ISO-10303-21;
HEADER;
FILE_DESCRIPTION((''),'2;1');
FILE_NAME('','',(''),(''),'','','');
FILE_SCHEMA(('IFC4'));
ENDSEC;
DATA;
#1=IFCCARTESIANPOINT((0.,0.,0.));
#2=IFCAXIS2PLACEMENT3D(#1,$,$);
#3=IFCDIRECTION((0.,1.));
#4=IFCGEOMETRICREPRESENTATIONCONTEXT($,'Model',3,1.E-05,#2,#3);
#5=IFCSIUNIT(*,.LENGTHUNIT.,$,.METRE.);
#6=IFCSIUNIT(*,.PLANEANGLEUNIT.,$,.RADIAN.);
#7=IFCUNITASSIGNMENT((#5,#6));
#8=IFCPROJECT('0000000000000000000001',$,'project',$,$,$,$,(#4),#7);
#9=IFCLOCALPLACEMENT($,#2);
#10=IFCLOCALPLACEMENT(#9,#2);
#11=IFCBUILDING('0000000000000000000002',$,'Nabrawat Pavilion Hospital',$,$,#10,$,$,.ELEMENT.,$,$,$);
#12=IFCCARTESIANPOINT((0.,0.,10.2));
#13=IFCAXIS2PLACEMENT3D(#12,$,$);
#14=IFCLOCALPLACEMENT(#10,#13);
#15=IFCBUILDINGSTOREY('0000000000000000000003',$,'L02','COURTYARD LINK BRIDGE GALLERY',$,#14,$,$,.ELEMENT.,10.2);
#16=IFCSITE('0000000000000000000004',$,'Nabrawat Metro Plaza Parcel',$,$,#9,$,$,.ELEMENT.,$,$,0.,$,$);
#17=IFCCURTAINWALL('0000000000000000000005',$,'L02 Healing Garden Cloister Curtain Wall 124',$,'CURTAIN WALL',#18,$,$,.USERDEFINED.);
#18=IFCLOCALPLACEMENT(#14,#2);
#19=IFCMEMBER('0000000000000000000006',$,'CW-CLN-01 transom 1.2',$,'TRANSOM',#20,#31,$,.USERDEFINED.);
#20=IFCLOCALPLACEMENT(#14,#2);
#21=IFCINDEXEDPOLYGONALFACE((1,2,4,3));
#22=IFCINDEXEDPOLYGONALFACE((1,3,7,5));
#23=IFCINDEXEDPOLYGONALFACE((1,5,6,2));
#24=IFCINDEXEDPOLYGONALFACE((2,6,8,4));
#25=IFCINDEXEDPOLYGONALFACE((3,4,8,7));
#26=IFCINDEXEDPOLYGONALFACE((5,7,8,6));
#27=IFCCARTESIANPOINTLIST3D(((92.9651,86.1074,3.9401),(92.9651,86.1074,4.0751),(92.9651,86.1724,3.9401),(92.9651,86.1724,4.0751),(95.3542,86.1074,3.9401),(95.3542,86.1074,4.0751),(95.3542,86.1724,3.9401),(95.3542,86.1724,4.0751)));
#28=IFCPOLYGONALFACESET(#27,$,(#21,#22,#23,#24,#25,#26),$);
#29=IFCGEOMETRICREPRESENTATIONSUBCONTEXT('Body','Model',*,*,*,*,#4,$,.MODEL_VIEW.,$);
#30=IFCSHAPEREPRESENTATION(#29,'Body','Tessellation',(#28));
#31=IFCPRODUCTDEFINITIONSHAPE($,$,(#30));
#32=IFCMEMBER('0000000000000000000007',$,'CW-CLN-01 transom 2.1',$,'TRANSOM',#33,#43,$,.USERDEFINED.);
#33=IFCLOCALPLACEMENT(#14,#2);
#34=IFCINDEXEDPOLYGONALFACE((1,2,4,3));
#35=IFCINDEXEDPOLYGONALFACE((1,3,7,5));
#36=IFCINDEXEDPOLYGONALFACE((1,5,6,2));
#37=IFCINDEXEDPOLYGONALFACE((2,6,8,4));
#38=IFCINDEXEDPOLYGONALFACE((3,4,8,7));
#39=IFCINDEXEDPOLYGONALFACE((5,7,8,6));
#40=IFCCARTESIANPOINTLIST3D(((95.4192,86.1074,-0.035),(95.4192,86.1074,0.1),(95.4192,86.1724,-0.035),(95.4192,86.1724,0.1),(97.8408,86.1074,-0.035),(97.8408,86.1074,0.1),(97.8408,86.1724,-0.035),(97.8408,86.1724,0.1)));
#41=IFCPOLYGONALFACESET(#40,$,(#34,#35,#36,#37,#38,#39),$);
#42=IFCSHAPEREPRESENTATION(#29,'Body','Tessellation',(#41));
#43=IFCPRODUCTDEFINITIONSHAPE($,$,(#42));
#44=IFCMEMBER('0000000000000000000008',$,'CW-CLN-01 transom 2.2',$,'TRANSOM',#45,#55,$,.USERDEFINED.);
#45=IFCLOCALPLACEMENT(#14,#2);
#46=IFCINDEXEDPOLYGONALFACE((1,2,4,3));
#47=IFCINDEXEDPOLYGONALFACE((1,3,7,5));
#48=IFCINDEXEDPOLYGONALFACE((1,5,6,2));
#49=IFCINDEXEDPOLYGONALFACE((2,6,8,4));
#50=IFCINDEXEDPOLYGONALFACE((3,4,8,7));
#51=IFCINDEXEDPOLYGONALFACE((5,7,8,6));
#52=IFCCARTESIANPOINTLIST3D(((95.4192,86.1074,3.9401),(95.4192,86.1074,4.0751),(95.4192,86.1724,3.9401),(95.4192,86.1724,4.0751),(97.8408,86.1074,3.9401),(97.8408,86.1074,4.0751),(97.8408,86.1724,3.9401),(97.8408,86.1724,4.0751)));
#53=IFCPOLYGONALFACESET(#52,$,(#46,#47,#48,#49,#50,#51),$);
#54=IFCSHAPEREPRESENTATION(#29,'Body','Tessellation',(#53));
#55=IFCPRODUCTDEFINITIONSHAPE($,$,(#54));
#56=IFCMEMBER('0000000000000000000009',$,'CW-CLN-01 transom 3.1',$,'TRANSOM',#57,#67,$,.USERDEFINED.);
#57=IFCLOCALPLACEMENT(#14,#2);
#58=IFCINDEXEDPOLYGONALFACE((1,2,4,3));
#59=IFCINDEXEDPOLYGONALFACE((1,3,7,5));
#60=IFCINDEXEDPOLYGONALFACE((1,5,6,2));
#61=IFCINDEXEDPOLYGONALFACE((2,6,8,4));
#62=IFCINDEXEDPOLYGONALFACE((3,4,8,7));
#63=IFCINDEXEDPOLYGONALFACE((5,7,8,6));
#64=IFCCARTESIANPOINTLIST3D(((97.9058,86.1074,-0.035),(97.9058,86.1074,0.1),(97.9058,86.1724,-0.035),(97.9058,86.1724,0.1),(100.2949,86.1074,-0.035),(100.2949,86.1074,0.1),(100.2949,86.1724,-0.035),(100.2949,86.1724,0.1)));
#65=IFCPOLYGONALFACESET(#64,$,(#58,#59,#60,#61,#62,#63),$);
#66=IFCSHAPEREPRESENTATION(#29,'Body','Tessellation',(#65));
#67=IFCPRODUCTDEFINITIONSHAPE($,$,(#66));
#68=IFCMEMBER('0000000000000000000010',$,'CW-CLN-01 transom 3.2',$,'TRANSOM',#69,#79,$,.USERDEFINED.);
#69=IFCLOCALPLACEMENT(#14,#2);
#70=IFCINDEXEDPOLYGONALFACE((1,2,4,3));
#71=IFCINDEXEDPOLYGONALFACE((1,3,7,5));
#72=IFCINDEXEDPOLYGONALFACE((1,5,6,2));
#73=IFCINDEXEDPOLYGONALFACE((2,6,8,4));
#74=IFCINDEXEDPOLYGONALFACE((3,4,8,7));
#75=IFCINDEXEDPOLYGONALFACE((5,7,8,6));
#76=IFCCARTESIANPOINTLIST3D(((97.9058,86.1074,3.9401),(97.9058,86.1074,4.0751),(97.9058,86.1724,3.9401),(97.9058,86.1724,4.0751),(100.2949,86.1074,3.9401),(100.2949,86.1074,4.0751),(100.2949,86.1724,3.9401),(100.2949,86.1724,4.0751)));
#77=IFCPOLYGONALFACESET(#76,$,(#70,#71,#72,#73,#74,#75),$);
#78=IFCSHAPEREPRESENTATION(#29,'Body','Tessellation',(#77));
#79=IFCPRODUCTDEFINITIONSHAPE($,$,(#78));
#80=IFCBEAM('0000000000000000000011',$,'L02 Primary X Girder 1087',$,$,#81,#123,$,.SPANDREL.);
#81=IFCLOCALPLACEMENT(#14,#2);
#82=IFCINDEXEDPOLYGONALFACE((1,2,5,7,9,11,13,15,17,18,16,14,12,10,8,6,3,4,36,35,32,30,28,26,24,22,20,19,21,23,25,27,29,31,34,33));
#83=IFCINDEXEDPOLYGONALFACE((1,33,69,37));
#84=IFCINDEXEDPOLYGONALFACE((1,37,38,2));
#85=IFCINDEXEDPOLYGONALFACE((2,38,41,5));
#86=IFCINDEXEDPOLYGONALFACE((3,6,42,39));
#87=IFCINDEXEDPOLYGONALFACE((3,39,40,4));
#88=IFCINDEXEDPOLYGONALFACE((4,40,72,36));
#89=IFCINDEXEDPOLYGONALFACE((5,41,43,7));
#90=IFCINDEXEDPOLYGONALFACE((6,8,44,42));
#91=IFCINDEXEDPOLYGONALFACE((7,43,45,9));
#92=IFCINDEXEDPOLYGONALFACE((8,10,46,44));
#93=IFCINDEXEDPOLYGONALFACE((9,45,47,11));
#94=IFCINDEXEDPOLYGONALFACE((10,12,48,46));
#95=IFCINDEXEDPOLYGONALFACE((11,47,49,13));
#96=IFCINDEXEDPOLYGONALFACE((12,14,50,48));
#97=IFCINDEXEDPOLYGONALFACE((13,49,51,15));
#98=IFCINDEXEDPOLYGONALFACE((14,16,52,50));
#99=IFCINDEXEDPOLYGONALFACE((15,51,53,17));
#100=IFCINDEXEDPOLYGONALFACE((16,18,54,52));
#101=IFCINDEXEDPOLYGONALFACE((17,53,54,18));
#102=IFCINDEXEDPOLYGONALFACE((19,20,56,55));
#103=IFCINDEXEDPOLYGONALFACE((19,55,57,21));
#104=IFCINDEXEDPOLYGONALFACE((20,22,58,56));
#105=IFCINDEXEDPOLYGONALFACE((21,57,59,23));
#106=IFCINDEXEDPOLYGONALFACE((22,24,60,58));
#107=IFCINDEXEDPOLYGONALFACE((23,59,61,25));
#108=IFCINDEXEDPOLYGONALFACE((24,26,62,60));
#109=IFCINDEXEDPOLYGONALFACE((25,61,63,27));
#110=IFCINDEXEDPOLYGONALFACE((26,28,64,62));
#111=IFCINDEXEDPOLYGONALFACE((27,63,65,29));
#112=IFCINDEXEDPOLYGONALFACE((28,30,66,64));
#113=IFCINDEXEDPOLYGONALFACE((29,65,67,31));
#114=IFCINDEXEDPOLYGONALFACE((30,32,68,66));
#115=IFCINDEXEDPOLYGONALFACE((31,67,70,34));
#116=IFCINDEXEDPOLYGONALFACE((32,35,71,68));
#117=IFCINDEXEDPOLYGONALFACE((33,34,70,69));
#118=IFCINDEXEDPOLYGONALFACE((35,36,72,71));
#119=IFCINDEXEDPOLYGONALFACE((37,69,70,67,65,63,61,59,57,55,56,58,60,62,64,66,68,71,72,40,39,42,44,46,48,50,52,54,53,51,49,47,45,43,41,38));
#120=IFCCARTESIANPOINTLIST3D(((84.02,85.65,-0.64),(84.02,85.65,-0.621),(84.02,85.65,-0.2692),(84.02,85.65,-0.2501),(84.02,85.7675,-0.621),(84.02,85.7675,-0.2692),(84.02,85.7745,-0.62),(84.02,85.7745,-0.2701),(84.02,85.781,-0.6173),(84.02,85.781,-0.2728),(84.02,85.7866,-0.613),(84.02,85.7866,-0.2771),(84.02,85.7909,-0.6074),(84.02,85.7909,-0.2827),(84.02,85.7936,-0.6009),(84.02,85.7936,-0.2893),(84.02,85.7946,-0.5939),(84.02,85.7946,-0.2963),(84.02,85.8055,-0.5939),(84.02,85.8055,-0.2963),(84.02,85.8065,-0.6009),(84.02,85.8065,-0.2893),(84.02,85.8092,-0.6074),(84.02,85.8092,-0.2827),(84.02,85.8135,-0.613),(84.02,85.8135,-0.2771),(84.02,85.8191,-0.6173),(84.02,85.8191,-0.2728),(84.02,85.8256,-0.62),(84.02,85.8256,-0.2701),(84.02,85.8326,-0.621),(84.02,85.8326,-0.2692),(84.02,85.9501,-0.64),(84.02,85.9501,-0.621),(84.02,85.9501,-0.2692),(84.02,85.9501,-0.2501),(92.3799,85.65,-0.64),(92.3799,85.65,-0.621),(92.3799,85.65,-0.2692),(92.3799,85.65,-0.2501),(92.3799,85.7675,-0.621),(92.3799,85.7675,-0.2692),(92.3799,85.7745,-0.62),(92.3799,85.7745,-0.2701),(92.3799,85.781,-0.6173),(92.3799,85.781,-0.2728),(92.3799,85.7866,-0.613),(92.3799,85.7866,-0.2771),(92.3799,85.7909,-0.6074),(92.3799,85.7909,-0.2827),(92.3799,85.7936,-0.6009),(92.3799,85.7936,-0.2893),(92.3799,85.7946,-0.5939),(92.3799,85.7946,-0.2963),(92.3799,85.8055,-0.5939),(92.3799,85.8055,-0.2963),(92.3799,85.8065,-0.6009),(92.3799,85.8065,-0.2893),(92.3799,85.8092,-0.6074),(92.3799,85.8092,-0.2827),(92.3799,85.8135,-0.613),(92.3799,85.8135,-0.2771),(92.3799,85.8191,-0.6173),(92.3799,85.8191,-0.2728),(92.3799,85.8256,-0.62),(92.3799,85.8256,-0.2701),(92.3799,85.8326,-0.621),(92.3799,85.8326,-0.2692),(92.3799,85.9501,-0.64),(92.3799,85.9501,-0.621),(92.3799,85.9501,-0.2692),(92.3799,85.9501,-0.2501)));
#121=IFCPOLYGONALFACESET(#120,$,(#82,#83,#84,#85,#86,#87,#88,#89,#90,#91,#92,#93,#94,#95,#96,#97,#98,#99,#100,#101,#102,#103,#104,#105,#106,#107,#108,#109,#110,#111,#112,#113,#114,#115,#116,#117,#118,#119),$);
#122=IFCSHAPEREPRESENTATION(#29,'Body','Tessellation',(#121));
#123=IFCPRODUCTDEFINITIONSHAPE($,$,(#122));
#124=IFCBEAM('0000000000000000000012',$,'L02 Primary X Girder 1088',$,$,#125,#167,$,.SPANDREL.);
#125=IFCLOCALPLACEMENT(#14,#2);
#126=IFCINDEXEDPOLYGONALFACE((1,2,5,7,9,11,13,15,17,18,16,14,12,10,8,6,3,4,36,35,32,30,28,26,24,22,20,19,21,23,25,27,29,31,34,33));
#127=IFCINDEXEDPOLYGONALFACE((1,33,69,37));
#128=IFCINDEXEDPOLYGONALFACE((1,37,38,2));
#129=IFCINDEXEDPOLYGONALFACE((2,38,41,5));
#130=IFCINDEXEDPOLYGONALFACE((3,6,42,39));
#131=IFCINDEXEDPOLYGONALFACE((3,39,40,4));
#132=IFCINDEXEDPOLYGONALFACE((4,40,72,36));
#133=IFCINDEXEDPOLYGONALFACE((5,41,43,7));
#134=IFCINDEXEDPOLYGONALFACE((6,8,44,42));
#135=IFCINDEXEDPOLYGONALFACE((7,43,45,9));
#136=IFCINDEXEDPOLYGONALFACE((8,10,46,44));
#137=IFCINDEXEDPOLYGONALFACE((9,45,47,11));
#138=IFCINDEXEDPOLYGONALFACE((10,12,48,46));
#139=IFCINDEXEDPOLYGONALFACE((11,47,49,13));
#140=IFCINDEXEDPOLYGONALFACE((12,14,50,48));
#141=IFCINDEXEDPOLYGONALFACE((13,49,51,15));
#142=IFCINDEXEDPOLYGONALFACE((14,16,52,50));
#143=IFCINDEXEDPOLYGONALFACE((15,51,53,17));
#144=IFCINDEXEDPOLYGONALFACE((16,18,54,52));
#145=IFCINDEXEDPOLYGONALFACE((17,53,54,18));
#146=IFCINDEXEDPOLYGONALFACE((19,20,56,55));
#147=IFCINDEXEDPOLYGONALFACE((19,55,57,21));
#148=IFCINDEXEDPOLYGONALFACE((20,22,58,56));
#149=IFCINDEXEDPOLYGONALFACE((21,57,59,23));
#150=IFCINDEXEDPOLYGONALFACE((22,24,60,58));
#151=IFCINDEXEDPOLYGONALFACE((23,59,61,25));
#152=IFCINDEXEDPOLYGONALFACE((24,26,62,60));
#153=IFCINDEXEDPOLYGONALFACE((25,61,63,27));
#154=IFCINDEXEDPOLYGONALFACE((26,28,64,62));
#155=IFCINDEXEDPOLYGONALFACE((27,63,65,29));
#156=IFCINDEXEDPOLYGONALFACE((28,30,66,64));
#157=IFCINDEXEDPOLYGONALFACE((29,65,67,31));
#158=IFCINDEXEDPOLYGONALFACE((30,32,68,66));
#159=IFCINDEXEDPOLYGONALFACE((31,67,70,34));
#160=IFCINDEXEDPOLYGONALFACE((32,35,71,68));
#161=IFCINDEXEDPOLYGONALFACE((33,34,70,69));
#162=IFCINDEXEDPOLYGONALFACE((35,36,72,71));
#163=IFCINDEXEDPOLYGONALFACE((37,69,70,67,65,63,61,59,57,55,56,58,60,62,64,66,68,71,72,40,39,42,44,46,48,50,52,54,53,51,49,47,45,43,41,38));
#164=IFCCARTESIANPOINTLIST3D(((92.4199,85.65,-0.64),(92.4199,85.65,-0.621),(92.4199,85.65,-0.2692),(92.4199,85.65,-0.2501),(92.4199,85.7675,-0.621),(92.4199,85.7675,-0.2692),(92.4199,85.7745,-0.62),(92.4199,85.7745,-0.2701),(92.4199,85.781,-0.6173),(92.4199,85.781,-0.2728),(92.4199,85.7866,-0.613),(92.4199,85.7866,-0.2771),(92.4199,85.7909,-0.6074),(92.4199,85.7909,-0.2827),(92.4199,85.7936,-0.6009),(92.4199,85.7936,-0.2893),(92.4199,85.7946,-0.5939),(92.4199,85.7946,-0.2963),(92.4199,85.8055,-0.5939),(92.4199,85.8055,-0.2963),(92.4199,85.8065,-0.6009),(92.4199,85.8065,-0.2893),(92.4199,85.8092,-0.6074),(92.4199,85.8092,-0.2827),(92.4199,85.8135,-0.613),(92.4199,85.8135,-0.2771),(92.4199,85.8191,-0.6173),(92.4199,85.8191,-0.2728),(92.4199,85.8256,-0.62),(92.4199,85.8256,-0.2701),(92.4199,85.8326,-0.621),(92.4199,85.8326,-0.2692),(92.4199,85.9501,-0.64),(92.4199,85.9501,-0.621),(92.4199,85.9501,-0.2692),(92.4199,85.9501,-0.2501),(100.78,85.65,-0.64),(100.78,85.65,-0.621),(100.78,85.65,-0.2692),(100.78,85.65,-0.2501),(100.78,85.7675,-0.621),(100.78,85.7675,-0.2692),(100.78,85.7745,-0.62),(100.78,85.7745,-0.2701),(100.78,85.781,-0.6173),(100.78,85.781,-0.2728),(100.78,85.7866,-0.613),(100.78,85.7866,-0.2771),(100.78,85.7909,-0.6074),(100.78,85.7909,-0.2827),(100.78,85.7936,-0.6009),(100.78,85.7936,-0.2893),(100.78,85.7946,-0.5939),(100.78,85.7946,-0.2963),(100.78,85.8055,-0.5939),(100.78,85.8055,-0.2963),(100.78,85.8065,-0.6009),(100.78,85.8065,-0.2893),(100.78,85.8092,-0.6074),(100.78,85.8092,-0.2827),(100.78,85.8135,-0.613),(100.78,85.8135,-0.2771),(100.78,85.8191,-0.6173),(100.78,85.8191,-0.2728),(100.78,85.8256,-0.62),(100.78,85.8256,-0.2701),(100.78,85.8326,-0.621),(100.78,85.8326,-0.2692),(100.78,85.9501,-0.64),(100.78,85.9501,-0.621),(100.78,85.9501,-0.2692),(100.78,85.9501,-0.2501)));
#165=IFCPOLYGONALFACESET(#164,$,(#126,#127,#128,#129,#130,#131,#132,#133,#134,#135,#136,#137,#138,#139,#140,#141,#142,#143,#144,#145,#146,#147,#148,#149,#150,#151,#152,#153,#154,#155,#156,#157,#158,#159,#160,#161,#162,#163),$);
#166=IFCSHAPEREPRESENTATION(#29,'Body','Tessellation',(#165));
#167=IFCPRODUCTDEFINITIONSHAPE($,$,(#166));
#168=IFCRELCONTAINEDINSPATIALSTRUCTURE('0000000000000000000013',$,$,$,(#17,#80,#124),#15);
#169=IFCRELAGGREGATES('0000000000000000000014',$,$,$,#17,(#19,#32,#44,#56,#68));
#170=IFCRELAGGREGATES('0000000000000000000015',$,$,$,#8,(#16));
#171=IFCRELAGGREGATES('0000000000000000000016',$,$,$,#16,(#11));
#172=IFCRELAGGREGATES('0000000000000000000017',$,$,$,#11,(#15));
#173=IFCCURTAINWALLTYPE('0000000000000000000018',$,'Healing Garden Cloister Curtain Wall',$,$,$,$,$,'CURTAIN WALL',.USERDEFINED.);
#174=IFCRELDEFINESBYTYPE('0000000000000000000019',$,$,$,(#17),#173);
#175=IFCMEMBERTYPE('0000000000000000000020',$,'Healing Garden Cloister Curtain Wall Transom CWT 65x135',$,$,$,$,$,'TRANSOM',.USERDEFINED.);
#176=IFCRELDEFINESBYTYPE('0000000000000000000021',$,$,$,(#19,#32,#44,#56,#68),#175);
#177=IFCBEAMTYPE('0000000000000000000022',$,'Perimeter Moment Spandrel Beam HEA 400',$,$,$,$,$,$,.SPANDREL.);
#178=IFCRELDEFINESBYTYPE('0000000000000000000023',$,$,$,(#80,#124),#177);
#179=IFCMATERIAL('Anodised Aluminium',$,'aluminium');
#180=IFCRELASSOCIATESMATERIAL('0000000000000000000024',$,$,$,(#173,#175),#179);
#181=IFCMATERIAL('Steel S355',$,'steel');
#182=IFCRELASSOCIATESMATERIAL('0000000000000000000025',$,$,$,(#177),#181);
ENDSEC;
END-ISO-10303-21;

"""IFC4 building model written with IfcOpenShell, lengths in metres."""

from ifc_helpers import new_model, si_unit, direction, frame, origin, origin_2d, place, context, subcontext, project, spatial, rectangle, i_section, extrude, material, material_profile, profile_set, type_object, element, aggregate, save


model = new_model("IFC4")

# Units and contexts
model_context = context("Model", 3, precision=1e-05, world=origin(), true_north=direction((0.0, 1.0)))
body_context = subcontext(model_context, "Body", "Model", "MODEL_VIEW")
ifc_project = project(units=[si_unit("LENGTHUNIT", "METRE"), si_unit("PLANEANGLEUNIT", "RADIAN")], contexts=[model_context])

# Site, building, storey
site_placement = place(None, origin())
site = spatial("IfcSite", under=ifc_project, at=site_placement, Name="Nabrawat Metro Plaza Parcel", CompositionType="ELEMENT", RefElevation=0.0)
building_placement = place(site_placement, origin())
building = spatial("IfcBuilding", under=site, at=building_placement, Name="Nabrawat Pavilion Hospital", CompositionType="ELEMENT")
storey_placement = place(building_placement, frame((0.0, 0.0, 10.2)))
storey = spatial("IfcBuildingStorey", under=building, at=storey_placement, Name="L02", Description="COURTYARD LINK BRIDGE GALLERY", CompositionType="ELEMENT", Elevation=10.2)

# Curtain wall
ifc_material_1 = material(Name="Anodised Aluminium", Category="aluminium")
curtain_wall_type = type_object("IfcCurtainWallType", Name="Healing Garden Cloister Curtain Wall", ElementType="CURTAIN WALL", PredefinedType="USERDEFINED", material=ifc_material_1)
curtain_wall_1_placement = place(storey_placement, origin())
curtain_wall_1 = element("IfcCurtainWall", 1, at=curtain_wall_1_placement, inside=storey, type_object=curtain_wall_type, Name="L02 Healing Garden Cloister Curtain Wall 124", ObjectType="CURTAIN WALL", PredefinedType="USERDEFINED")

# Members
ifc_material_profile_1 = material_profile(ifc_material_1, rectangle(XDim=0.0649, YDim=0.135, at=origin_2d()), Name="CWT 65x135")
ifc_profile_set_1 = profile_set([ifc_material_profile_1], Name="Anodised Aluminium")
member_type_1 = type_object("IfcMemberType", Name="Healing Garden Cloister Curtain Wall Transom CWT 65x135", ElementType="TRANSOM", PredefinedType="USERDEFINED", material=ifc_profile_set_1)
member_1_placement = place(storey_placement, frame((92.9651, 86.1399, 4.0076), z_axis=(1.0, 0.0, 0.0), x_axis=(0.0, 1.0, 0.0)))
member_1 = element("IfcMember", 2, at=member_1_placement, type_object=member_type_1, Name="CW-CLN-01 transom 1.2", ObjectType="TRANSOM", PredefinedType="USERDEFINED", context=body_context, shape_type="SweptSolid", body=[
    extrude(rectangle(XDim=0.0649, YDim=0.135, at=origin_2d()), origin(), (0.0, 0.0, 1.0), 2.3892),
])
member_2_placement = place(storey_placement, frame((95.4192, 86.1399, 0.0325), z_axis=(1.0, 0.0, 0.0), x_axis=(0.0, 1.0, 0.0)))
member_2 = element("IfcMember", 3, at=member_2_placement, type_object=member_type_1, Name="CW-CLN-01 transom 2.1", ObjectType="TRANSOM", PredefinedType="USERDEFINED", context=body_context, shape_type="SweptSolid", body=[
    extrude(rectangle(XDim=0.0649, YDim=0.135, at=origin_2d()), origin(), (0.0, 0.0, 1.0), 2.4216),
])
member_3_placement = place(storey_placement, frame((95.4192, 86.1399, 4.0076), z_axis=(1.0, 0.0, 0.0), x_axis=(0.0, 1.0, 0.0)))
member_3 = element("IfcMember", 4, at=member_3_placement, type_object=member_type_1, Name="CW-CLN-01 transom 2.2", ObjectType="TRANSOM", PredefinedType="USERDEFINED", context=body_context, shape_type="SweptSolid", body=[
    extrude(rectangle(XDim=0.0649, YDim=0.135, at=origin_2d()), origin(), (0.0, 0.0, 1.0), 2.4216),
])
member_4_placement = place(storey_placement, frame((97.9058, 86.1399, 0.0325), z_axis=(1.0, 0.0, 0.0), x_axis=(0.0, 1.0, 0.0)))
member_4 = element("IfcMember", 5, at=member_4_placement, type_object=member_type_1, Name="CW-CLN-01 transom 3.1", ObjectType="TRANSOM", PredefinedType="USERDEFINED", context=body_context, shape_type="SweptSolid", body=[
    extrude(rectangle(XDim=0.0649, YDim=0.135, at=origin_2d()), origin(), (0.0, 0.0, 1.0), 2.3892),
])
member_5_placement = place(storey_placement, frame((97.9058, 86.1399, 4.0076), z_axis=(1.0, 0.0, 0.0), x_axis=(0.0, 1.0, 0.0)))
member_5 = element("IfcMember", 6, at=member_5_placement, type_object=member_type_1, Name="CW-CLN-01 transom 3.2", ObjectType="TRANSOM", PredefinedType="USERDEFINED", context=body_context, shape_type="SweptSolid", body=[
    extrude(rectangle(XDim=0.0649, YDim=0.135, at=origin_2d()), origin(), (0.0, 0.0, 1.0), 2.3892),
])

# Beams
ifc_material_2 = material(Name="Steel S355", Category="steel")
ifc_material_profile_2 = material_profile(ifc_material_2, i_section(OverallWidth=0.3, OverallDepth=0.3899, WebThickness=0.011, FlangeThickness=0.019, FilletRadius=0.0271, at=origin_2d()), Name="HEA 400")
ifc_profile_set_2 = profile_set([ifc_material_profile_2], Name="Steel S355")
beam_type_1 = type_object("IfcBeamType", Name="Perimeter Moment Spandrel Beam HEA 400", PredefinedType="SPANDREL", material=ifc_profile_set_2)
beam_1_placement = place(storey_placement, frame((84.02, 85.8, -0.4451), z_axis=(1.0, 0.0, 0.0), x_axis=(0.0, 1.0, 0.0)))
element("IfcBeam", 7, at=beam_1_placement, inside=storey, type_object=beam_type_1, Name="L02 Primary X Girder 1087", PredefinedType="SPANDREL", context=body_context, shape_type="SweptSolid", body=[
    extrude(i_section(OverallWidth=0.3, OverallDepth=0.3899, WebThickness=0.011, FlangeThickness=0.019, FilletRadius=0.0271, at=origin_2d()), origin(), (0.0, 0.0, 1.0), 8.3599),
])
beam_2_placement = place(storey_placement, frame((92.4199, 85.8, -0.4451), z_axis=(1.0, 0.0, 0.0), x_axis=(0.0, 1.0, 0.0)))
element("IfcBeam", 8, at=beam_2_placement, inside=storey, type_object=beam_type_1, Name="L02 Primary X Girder 1088", PredefinedType="SPANDREL", context=body_context, shape_type="SweptSolid", body=[
    extrude(i_section(OverallWidth=0.3, OverallDepth=0.3899, WebThickness=0.011, FlangeThickness=0.019, FilletRadius=0.0271, at=origin_2d()), origin(), (0.0, 0.0, 1.0), 8.3601),
])

aggregate(curtain_wall_1, [member_1, member_2, member_3, member_4, member_5])

save(model, "model.ifc")
